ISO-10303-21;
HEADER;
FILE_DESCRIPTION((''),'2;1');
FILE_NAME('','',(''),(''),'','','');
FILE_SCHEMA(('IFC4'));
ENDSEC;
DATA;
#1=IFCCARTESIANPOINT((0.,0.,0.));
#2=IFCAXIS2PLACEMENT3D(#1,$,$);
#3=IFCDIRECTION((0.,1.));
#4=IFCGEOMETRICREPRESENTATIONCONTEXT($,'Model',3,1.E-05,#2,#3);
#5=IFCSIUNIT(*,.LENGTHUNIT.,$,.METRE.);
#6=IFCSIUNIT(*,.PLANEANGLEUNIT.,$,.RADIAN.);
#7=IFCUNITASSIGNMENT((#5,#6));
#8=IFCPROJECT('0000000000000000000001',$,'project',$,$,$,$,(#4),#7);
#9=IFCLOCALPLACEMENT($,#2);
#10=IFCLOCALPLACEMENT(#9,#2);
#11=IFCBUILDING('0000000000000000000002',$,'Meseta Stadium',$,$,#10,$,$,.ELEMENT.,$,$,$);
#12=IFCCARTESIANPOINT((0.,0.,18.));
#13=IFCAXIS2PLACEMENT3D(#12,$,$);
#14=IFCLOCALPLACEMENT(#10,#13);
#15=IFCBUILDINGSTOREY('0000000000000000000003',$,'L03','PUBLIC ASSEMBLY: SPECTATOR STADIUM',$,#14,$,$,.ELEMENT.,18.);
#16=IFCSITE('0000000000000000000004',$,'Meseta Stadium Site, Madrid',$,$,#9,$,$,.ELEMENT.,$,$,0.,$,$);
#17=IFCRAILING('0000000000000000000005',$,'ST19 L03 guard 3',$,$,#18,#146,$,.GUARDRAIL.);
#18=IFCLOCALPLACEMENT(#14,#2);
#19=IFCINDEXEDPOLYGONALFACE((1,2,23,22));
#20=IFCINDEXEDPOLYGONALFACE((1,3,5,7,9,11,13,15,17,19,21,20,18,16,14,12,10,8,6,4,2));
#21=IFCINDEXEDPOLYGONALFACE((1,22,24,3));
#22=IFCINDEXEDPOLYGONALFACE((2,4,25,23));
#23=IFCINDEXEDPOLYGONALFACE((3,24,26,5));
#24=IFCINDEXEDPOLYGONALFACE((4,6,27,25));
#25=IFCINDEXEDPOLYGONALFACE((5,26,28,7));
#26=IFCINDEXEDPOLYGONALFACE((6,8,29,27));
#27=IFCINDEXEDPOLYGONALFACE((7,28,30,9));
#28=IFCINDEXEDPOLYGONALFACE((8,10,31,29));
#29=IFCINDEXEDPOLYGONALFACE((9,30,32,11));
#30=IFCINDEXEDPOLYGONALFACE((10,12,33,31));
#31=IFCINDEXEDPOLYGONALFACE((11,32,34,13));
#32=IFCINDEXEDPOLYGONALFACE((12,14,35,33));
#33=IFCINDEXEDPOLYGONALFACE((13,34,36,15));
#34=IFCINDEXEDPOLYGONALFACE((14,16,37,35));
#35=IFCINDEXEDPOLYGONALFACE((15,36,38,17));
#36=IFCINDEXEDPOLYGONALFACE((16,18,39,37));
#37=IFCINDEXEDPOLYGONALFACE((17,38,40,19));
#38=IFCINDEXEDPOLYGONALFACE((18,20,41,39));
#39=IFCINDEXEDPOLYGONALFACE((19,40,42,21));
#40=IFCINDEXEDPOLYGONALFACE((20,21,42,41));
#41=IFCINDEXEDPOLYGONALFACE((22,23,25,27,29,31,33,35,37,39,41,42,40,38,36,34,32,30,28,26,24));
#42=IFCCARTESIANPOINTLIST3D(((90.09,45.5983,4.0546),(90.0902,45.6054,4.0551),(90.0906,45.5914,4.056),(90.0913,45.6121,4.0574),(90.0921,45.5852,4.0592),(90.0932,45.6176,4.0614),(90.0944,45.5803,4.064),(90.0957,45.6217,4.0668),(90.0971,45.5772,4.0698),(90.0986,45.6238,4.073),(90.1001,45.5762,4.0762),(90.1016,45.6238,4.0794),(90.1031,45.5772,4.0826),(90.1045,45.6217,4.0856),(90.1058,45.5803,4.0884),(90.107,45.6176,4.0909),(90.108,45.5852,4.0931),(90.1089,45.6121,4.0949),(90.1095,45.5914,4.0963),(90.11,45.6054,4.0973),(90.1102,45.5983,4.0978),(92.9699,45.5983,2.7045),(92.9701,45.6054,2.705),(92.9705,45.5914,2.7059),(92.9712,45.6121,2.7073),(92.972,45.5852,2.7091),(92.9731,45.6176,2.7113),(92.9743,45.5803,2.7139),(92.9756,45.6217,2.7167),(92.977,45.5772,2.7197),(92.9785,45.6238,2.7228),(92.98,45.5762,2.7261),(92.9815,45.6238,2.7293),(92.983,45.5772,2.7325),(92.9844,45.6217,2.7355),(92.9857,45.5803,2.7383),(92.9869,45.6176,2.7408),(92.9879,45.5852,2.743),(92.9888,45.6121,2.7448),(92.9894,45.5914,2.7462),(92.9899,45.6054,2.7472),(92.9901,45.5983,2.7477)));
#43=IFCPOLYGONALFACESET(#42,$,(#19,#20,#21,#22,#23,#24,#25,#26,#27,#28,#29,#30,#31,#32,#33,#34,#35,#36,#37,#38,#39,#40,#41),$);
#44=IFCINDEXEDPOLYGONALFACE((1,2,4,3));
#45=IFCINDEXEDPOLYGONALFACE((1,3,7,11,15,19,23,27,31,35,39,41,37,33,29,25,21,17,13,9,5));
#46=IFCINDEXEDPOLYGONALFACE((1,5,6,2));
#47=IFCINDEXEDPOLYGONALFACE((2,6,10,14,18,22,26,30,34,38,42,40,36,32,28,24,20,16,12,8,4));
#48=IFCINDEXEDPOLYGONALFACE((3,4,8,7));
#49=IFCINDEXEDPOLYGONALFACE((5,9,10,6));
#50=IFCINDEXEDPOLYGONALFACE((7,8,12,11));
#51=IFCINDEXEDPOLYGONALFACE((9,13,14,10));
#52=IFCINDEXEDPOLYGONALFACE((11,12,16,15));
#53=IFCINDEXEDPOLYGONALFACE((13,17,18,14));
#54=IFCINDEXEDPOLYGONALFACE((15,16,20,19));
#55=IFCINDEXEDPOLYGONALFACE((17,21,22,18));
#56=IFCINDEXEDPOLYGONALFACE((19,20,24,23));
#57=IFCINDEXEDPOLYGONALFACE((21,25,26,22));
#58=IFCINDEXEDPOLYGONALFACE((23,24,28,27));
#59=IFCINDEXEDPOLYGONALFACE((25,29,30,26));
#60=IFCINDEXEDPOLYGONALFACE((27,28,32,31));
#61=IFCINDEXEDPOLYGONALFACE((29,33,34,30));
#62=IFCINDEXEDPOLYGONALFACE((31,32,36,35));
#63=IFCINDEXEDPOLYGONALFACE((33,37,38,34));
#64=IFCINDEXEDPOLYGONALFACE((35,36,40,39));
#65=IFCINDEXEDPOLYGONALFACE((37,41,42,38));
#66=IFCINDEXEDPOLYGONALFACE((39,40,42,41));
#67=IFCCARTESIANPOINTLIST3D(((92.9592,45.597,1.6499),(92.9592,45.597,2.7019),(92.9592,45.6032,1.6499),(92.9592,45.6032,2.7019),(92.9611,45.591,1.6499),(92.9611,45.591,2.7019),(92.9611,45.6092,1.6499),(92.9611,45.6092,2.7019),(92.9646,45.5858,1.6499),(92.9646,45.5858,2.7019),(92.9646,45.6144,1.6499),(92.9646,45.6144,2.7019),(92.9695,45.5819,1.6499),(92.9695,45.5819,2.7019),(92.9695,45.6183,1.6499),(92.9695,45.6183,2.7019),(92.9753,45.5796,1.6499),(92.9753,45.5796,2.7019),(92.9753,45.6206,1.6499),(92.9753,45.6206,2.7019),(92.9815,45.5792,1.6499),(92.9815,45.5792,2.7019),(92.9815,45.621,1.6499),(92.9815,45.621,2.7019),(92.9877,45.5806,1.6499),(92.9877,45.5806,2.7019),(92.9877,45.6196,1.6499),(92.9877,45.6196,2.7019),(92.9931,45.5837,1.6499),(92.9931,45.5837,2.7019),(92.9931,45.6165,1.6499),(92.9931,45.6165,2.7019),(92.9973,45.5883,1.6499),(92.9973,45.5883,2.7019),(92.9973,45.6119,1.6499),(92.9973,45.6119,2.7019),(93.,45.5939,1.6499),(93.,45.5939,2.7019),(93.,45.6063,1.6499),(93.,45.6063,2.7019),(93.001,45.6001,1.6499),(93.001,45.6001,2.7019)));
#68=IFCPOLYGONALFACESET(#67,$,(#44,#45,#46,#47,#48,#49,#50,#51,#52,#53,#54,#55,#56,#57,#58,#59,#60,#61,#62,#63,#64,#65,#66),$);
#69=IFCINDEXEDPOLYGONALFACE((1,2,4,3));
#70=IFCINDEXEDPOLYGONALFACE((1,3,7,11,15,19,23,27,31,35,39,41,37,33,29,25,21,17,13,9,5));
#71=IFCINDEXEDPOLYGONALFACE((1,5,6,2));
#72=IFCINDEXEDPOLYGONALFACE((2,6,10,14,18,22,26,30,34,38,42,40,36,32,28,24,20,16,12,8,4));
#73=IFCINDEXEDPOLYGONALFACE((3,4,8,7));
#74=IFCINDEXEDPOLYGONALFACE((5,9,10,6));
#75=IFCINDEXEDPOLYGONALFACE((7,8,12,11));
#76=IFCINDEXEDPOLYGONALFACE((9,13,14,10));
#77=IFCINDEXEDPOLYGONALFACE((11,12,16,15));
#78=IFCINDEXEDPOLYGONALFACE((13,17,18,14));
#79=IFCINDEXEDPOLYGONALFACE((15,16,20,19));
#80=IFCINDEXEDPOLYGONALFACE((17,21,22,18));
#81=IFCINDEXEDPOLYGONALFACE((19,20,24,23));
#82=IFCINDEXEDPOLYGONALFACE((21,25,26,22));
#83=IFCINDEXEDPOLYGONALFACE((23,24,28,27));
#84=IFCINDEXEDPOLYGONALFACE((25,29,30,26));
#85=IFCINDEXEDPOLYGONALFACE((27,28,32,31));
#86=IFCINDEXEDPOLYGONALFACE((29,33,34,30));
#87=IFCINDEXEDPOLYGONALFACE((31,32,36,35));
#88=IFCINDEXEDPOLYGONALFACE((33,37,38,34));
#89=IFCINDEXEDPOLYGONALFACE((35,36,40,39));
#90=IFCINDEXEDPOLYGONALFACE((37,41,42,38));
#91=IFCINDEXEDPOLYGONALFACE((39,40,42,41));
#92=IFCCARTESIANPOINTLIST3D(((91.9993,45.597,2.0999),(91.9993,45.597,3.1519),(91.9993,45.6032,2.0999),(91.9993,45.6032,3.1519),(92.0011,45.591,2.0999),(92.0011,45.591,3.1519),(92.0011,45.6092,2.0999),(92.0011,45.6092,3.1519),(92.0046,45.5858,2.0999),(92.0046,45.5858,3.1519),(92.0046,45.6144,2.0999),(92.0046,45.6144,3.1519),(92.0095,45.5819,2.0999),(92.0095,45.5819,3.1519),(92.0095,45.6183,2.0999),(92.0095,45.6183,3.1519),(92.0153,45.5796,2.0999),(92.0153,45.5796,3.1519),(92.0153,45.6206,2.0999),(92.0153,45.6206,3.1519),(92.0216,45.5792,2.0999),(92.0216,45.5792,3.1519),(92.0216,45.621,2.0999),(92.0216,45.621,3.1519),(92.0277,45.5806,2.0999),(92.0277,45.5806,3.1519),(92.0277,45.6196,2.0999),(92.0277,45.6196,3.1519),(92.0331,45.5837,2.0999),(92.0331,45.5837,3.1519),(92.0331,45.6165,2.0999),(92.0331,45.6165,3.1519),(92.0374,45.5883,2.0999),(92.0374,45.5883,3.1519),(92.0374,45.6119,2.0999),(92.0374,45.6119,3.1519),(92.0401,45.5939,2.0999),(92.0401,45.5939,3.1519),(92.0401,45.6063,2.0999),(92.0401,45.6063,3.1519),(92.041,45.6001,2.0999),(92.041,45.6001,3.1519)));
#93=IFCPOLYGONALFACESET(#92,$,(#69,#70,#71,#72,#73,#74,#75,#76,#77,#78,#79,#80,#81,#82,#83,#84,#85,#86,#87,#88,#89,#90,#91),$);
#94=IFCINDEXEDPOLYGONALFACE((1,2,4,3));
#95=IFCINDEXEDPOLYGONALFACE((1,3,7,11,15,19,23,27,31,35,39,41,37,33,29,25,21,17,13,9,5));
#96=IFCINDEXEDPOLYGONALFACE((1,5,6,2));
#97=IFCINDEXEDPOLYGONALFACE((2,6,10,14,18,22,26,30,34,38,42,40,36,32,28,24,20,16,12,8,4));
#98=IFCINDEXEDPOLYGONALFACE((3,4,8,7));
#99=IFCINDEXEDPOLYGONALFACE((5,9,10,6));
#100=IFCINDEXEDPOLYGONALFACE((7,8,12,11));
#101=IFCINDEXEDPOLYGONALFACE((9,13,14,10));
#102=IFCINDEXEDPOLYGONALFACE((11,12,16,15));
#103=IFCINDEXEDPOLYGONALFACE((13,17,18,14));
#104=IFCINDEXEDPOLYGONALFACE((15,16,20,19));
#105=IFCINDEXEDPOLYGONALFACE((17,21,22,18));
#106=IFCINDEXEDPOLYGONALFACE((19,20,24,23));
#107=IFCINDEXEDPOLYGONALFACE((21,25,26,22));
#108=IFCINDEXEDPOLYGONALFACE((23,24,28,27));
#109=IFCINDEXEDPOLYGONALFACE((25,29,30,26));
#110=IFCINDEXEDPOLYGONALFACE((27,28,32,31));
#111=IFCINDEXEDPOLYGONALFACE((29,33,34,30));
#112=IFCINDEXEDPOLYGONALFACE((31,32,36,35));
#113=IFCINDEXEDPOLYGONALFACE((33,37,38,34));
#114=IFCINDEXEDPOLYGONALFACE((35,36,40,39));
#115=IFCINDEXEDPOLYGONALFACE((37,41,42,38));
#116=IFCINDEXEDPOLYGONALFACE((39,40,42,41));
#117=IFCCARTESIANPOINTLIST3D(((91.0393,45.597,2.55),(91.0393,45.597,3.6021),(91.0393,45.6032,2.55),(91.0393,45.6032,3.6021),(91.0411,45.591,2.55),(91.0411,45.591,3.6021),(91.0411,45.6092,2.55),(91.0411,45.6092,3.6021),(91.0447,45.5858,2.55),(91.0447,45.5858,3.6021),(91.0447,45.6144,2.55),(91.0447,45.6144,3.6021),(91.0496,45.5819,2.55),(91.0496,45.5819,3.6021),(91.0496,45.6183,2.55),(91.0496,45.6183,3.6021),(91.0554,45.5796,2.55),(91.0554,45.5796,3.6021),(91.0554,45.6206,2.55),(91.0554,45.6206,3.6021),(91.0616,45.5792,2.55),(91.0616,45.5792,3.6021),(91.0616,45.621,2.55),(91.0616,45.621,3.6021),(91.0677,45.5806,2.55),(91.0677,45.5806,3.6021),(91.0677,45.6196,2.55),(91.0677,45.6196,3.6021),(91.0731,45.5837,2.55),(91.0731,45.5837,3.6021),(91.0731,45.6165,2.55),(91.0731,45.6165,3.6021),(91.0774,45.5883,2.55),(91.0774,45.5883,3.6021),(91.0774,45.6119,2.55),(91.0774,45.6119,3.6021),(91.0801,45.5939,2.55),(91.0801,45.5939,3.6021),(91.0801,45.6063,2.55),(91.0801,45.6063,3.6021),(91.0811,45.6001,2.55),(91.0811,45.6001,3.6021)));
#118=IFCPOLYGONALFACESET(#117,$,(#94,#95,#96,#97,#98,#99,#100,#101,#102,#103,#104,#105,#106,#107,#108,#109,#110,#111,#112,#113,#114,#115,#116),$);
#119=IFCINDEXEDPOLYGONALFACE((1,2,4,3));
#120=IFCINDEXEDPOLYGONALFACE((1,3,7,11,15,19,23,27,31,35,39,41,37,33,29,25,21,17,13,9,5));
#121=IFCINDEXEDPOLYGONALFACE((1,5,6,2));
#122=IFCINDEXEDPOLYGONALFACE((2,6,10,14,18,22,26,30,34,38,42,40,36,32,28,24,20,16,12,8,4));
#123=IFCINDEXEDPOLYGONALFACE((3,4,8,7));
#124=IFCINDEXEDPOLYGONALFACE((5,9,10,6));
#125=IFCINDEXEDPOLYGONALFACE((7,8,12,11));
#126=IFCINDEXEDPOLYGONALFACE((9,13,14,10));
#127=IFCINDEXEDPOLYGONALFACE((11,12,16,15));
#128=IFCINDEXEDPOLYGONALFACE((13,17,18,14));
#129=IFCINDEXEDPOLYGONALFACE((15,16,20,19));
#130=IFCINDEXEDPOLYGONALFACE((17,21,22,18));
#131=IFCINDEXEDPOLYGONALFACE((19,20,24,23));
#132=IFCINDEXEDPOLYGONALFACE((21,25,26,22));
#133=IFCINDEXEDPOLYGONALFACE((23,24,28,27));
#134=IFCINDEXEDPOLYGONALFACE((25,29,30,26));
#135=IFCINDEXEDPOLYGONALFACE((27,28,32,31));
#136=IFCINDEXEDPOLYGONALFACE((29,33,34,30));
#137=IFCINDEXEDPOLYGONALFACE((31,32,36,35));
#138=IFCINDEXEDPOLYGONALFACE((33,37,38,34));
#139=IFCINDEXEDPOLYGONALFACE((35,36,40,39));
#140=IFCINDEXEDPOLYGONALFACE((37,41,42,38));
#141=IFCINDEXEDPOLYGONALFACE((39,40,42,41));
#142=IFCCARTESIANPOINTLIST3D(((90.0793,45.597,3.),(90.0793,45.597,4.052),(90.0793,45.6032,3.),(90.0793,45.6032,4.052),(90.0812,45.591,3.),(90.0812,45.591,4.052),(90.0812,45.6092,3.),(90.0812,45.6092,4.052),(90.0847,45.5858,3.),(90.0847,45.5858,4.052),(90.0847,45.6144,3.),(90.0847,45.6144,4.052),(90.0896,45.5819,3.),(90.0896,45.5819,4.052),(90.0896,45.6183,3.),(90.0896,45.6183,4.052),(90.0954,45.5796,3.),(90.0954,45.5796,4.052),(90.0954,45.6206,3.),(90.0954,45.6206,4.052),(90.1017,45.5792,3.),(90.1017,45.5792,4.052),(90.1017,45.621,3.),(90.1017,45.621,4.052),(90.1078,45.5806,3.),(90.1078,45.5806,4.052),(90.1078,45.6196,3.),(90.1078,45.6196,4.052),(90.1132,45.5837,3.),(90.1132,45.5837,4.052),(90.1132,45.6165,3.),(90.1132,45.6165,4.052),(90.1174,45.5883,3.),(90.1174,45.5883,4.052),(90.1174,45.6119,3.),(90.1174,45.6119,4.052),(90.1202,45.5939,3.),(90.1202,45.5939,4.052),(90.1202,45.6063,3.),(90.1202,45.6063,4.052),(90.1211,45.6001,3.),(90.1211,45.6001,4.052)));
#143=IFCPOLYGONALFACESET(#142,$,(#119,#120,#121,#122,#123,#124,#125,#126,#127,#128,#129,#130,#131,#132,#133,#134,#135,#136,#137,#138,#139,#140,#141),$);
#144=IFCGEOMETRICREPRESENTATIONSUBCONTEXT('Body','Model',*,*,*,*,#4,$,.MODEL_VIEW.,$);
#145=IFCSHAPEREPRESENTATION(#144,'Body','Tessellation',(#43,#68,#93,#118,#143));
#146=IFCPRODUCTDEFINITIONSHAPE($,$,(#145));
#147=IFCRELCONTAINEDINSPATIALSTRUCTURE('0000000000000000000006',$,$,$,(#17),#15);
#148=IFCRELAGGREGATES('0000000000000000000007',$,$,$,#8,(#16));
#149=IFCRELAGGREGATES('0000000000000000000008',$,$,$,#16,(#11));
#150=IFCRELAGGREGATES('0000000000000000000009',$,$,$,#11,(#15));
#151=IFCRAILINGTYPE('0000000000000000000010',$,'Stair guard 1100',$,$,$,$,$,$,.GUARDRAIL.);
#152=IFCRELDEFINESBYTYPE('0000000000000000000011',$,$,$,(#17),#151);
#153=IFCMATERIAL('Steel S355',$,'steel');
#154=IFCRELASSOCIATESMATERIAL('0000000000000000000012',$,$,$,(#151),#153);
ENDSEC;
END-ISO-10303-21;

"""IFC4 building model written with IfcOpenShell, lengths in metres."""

from ifc_helpers import new_model, si_unit, direction, frame, origin, origin_2d, place, context, subcontext, project, spatial, circle, extrude, material, type_object, element, save


model = new_model("IFC4")

# Units and contexts
model_context = context("Model", 3, precision=1e-05, world=origin(), true_north=direction((0.0, 1.0)))
body_context = subcontext(model_context, "Body", "Model", "MODEL_VIEW")
ifc_project = project(units=[si_unit("LENGTHUNIT", "METRE"), si_unit("PLANEANGLEUNIT", "RADIAN")], contexts=[model_context])

# Site, building, storey
site_placement = place(None, origin())
site = spatial("IfcSite", under=ifc_project, at=site_placement, Name="Meseta Stadium Site, Madrid", CompositionType="ELEMENT", RefElevation=0.0)
building_placement = place(site_placement, origin())
building = spatial("IfcBuilding", under=site, at=building_placement, Name="Meseta Stadium", CompositionType="ELEMENT")
storey_placement = place(building_placement, frame((0.0, 0.0, 18.0)))
storey = spatial("IfcBuildingStorey", under=building, at=storey_placement, Name="L03", Description="PUBLIC ASSEMBLY: SPECTATOR STADIUM", CompositionType="ELEMENT", Elevation=18.0)

# Railing
ifc_material_1 = material(Name="Steel S355", Category="steel")
railing_type_1 = type_object("IfcRailingType", Name="Stair guard 1100", PredefinedType="GUARDRAIL", material=ifc_material_1)
for number, where, name in (
    (1, (92.98, 45.6001, 1.6499), "ST19 L03 guard 3"),
):
    element("IfcRailing", number, at=place(storey_placement, frame(where)), inside=storey, type_object=railing_type_1, Name=name, PredefinedType="GUARDRAIL", context=body_context, shape_type="SweptSolid", body=[
        extrude(circle(Radius=0.0239, at=origin_2d()), frame((0.0, 0.0, 1.0762), z_axis=(-0.90544, 0.0, 0.424473), x_axis=(0.0, -1.0, 0.0)), (0.0, 0.0, 1.0), 3.1807),
        extrude(circle(Radius=0.021, at=origin_2d()), origin(), (0.0, 0.0, 1.0), 1.052),
        extrude(circle(Radius=0.021, at=origin_2d()), frame((-0.96, 0.0, 0.45)), (0.0, 0.0, 1.0), 1.052),
        extrude(circle(Radius=0.021, at=origin_2d()), frame((-1.9199, 0.0, 0.9001)), (0.0, 0.0, 1.0), 1.052),
        extrude(circle(Radius=0.021, at=origin_2d()), frame((-2.8799, 0.0, 1.3501)), (0.0, 0.0, 1.0), 1.052),
    ])

save(model, "model.ifc")
